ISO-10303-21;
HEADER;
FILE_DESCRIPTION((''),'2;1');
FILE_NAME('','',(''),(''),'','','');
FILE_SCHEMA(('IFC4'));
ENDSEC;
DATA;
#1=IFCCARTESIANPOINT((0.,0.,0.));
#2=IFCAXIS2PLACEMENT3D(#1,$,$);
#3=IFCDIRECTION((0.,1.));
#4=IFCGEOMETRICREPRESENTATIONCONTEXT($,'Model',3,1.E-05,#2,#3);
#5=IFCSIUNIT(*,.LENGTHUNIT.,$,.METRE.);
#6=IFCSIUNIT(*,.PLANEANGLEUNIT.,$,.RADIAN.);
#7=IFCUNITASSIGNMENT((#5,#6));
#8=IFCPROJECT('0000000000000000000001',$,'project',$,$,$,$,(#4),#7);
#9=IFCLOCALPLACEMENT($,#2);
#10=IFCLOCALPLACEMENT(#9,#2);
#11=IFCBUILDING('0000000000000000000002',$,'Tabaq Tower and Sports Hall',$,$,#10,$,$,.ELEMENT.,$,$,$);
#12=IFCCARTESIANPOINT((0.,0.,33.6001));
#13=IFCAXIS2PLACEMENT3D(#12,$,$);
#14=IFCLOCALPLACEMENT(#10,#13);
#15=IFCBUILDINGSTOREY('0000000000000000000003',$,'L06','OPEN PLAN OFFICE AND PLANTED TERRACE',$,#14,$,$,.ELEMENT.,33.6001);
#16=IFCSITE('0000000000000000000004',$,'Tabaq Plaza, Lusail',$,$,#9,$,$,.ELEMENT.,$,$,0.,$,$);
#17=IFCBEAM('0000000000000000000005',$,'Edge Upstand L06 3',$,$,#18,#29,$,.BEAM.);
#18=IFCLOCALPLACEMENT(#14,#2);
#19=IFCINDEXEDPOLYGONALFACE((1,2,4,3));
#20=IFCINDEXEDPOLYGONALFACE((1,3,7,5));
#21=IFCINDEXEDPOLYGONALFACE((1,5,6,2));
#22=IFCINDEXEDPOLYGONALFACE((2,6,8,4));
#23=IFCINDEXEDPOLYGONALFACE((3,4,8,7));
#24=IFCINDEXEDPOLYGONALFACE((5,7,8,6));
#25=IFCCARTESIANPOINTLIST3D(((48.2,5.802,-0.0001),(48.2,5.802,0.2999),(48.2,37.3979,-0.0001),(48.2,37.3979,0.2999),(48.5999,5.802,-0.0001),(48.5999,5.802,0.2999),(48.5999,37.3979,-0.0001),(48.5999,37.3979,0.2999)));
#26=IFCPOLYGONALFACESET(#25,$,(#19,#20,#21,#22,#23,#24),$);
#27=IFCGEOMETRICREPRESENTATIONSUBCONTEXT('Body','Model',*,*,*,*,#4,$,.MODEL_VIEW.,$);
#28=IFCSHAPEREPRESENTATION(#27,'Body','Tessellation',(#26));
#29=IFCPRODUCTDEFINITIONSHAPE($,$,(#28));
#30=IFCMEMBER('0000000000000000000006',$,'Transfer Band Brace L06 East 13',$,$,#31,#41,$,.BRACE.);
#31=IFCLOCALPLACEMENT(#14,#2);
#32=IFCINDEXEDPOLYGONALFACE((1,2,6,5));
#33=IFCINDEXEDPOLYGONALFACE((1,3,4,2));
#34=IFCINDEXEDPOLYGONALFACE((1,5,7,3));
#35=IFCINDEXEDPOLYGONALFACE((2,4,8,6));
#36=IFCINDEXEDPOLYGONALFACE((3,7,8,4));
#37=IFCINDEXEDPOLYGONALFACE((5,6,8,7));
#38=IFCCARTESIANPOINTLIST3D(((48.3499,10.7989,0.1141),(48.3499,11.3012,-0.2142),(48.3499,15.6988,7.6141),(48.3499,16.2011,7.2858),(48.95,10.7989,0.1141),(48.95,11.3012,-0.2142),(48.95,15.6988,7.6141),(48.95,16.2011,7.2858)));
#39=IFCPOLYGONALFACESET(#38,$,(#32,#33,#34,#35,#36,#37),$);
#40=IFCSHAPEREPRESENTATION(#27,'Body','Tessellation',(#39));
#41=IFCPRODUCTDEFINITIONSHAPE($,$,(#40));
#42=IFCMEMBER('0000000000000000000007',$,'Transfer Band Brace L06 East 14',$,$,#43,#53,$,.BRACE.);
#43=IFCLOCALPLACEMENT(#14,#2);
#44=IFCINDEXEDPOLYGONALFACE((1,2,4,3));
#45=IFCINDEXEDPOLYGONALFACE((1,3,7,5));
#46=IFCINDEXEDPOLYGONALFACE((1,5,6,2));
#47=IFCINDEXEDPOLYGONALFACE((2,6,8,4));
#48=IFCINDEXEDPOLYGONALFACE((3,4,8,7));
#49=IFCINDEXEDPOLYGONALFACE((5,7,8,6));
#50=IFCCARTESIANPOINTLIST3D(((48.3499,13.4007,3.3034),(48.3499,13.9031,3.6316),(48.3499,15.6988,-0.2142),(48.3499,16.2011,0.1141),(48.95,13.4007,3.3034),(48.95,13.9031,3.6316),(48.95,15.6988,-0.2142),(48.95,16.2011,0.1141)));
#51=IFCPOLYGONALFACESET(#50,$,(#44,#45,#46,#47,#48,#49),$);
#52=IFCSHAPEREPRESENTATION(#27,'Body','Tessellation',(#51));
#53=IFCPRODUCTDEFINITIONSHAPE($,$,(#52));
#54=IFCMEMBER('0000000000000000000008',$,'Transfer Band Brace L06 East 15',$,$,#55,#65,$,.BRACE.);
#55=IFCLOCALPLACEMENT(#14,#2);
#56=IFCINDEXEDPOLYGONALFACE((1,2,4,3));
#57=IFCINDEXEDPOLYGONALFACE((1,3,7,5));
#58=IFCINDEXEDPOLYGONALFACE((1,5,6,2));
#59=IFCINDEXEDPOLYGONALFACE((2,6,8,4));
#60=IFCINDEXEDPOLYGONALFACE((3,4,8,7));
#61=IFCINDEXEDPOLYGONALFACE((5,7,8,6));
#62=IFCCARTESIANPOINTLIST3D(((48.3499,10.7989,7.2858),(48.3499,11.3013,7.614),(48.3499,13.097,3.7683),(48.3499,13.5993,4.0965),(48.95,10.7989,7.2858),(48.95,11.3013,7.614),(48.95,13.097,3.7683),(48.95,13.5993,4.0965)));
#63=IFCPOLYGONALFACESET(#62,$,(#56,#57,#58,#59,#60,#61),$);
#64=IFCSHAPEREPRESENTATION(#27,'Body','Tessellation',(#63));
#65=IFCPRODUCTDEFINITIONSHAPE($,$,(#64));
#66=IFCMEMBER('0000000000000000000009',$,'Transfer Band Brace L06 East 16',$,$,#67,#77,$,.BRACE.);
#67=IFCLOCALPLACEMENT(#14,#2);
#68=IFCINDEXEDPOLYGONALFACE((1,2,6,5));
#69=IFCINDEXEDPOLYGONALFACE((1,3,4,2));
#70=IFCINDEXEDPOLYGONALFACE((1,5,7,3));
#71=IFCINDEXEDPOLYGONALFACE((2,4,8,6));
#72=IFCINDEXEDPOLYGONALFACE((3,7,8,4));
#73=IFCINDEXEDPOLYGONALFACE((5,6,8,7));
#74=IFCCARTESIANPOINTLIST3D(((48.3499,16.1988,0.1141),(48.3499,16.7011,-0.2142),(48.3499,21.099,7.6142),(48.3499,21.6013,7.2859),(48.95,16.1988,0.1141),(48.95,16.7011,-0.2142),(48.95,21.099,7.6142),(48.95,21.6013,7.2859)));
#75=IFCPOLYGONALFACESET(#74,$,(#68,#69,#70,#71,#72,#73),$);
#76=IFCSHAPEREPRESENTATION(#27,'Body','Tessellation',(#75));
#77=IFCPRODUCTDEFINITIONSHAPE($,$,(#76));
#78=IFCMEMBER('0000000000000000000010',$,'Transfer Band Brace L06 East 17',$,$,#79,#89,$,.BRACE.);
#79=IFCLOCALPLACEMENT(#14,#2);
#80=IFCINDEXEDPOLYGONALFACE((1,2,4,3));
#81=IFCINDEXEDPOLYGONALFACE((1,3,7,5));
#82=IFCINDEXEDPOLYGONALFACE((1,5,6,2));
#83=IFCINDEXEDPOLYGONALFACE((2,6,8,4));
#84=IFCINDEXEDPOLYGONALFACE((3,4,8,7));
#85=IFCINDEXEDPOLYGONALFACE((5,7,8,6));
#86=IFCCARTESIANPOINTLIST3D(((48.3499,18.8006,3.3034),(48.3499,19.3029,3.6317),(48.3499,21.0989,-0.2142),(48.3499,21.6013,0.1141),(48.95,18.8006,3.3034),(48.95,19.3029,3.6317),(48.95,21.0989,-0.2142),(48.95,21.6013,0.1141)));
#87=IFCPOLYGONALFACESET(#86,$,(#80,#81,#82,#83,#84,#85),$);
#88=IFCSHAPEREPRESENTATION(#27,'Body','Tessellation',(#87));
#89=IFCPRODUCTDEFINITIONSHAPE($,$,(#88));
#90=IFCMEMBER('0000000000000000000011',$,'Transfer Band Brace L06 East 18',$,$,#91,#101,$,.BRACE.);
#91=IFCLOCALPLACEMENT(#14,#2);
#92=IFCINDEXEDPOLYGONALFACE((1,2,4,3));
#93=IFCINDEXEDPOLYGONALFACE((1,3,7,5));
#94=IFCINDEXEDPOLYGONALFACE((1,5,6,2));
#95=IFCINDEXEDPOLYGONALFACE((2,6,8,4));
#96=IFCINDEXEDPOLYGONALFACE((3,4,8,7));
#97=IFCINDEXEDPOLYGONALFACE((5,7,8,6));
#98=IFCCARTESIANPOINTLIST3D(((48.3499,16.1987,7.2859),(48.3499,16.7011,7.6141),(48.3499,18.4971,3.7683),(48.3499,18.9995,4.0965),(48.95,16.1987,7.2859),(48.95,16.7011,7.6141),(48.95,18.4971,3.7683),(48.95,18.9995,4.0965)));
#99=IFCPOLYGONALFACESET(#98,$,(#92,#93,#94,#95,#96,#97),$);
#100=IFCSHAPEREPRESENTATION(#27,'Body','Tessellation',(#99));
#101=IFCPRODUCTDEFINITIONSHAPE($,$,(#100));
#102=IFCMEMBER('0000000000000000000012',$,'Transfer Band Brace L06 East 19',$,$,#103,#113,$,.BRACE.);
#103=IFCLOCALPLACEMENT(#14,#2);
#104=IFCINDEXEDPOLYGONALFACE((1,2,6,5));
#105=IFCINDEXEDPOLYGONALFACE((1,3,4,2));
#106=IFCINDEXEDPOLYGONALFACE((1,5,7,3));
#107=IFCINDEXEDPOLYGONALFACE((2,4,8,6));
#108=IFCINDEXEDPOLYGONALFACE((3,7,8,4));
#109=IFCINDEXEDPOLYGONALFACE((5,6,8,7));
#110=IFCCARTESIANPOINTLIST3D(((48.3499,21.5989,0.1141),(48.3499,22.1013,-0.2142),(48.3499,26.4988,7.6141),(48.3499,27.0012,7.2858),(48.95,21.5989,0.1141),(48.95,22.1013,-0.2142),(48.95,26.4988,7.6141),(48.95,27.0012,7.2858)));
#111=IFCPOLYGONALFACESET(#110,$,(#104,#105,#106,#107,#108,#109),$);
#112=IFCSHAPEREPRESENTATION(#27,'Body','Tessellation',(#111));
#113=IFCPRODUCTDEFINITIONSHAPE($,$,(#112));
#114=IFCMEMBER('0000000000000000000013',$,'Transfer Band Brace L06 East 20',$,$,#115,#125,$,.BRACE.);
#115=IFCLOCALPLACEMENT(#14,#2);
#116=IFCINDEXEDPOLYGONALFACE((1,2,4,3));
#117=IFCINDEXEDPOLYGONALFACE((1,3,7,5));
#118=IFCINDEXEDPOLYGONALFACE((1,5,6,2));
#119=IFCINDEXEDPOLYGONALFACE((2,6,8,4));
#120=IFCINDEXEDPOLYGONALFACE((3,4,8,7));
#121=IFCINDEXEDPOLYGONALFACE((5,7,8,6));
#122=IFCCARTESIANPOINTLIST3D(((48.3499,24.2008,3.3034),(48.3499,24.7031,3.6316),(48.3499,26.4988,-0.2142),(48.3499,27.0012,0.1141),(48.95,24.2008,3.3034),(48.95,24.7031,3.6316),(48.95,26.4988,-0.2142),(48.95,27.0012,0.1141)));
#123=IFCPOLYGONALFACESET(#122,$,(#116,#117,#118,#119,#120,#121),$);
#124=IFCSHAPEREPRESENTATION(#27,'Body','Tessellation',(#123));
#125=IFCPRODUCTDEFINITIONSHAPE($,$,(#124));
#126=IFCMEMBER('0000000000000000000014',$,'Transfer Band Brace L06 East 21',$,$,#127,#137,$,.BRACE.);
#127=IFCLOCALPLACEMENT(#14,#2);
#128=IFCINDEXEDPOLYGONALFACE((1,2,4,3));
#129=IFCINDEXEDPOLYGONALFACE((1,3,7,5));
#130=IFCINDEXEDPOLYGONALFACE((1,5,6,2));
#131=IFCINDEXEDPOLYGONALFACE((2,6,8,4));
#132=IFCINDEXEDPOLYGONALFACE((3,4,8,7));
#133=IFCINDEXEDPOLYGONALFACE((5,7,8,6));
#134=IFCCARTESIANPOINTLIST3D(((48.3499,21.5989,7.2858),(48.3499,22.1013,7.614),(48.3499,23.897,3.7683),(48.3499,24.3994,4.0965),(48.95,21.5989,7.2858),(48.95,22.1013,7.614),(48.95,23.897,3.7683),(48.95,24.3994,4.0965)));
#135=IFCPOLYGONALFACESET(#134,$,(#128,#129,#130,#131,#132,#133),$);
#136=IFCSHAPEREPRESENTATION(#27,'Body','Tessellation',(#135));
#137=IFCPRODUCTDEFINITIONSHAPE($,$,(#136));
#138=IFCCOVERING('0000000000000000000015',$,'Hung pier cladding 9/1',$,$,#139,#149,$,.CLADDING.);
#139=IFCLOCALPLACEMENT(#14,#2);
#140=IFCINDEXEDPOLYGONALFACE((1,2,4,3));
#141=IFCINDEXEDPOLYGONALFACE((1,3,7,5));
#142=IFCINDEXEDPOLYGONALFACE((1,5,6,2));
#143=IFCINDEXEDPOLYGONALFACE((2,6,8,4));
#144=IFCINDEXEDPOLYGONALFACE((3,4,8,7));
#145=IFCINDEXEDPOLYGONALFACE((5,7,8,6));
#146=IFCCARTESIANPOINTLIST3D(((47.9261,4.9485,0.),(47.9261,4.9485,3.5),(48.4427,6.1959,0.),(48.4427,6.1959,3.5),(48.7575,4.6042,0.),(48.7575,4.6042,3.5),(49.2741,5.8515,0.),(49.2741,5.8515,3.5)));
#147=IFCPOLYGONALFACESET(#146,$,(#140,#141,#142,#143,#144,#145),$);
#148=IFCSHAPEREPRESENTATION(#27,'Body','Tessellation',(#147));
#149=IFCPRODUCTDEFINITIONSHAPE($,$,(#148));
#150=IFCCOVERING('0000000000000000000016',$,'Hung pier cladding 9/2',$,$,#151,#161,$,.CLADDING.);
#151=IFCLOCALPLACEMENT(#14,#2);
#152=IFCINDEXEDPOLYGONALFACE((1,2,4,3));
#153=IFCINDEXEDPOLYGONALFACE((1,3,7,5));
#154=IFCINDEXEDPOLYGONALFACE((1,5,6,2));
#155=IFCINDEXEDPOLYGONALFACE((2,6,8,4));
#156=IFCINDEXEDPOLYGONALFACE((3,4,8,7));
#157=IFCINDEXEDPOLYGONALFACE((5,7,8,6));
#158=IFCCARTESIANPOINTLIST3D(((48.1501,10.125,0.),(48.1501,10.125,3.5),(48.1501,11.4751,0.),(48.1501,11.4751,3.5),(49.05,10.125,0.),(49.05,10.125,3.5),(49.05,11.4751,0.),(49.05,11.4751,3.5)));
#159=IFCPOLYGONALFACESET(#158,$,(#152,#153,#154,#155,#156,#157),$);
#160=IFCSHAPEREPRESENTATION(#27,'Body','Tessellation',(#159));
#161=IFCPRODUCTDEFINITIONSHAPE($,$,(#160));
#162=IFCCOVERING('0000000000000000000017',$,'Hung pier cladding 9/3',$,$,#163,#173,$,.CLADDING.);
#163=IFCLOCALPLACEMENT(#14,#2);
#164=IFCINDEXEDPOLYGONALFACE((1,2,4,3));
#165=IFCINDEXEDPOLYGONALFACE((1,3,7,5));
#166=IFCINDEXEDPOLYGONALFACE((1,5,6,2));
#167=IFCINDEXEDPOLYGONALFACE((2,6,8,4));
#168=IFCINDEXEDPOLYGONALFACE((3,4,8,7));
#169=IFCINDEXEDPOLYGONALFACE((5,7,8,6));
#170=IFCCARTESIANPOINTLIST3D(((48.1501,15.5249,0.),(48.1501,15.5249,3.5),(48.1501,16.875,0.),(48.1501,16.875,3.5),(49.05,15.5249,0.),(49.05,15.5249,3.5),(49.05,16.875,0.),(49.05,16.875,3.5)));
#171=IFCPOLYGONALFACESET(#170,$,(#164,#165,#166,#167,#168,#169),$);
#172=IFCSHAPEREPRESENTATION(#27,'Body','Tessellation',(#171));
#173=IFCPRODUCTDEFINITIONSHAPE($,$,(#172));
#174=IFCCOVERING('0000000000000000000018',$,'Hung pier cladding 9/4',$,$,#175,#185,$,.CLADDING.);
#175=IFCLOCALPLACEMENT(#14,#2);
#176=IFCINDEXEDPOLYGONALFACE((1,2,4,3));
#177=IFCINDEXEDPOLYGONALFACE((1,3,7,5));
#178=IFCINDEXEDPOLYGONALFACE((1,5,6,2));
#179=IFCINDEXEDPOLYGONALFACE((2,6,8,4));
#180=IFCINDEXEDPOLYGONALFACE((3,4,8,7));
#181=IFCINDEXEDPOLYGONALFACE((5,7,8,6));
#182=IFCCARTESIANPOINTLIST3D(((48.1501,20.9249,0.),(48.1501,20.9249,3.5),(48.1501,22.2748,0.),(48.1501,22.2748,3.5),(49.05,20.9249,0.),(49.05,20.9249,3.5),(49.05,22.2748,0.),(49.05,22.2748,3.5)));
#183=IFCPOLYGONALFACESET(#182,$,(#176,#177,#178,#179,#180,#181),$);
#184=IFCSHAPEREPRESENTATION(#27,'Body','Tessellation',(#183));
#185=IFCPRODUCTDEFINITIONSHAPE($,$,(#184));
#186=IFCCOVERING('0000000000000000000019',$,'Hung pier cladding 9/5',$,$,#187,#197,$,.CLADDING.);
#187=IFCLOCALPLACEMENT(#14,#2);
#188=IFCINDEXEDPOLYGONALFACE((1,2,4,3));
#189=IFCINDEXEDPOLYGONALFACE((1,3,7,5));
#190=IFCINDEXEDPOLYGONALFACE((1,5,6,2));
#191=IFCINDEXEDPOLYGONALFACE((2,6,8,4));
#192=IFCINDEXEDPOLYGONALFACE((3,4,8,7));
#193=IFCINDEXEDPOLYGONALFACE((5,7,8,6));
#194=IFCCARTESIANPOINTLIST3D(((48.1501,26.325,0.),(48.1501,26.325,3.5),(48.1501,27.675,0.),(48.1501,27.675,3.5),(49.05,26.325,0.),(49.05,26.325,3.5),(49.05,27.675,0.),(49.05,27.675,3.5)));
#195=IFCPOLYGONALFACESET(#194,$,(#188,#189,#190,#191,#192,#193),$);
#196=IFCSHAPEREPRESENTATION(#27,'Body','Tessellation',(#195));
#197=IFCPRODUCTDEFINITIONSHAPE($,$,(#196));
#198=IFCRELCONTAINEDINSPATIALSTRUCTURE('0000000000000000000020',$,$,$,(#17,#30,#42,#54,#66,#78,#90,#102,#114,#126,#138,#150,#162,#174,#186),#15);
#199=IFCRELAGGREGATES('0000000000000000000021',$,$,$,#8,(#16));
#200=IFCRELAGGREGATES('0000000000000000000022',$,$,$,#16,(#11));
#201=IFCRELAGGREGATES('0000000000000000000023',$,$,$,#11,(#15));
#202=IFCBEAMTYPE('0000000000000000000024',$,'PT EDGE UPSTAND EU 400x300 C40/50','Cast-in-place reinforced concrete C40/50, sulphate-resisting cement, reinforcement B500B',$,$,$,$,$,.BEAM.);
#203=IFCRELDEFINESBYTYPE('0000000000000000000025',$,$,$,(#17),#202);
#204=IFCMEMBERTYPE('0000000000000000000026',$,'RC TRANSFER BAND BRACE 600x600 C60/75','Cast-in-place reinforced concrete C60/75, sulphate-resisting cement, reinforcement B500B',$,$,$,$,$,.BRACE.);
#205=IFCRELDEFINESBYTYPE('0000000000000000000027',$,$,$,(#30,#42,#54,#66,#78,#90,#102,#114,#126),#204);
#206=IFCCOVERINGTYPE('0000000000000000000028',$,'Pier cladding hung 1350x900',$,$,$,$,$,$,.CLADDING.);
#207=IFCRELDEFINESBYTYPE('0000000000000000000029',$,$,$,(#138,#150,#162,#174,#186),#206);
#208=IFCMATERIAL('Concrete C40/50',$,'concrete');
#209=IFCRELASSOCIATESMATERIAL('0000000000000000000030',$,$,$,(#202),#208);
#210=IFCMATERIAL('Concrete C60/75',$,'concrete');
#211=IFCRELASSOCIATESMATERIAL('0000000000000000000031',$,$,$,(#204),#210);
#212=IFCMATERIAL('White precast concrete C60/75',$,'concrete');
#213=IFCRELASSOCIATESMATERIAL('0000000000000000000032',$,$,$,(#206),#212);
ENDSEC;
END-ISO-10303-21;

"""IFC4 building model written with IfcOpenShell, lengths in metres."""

from ifc_helpers import new_model, si_unit, direction, frame, frame_2d, origin, origin_2d, place, context, subcontext, project, spatial, rectangle, extrude, material, material_profile, profile_set, type_object, element, save


model = new_model("IFC4")

# Units and contexts
model_context = context("Model", 3, precision=1e-05, world=origin(), true_north=direction((0.0, 1.0)))
body_context = subcontext(model_context, "Body", "Model", "MODEL_VIEW")
ifc_project = project(units=[si_unit("LENGTHUNIT", "METRE"), si_unit("PLANEANGLEUNIT", "RADIAN")], contexts=[model_context])

# Site, building, storey
site_placement = place(None, origin())
site = spatial("IfcSite", under=ifc_project, at=site_placement, Name="Tabaq Plaza, Lusail", CompositionType="ELEMENT", RefElevation=0.0)
building_placement = place(site_placement, origin())
building = spatial("IfcBuilding", under=site, at=building_placement, Name="Tabaq Tower and Sports Hall", CompositionType="ELEMENT")
storey_placement = place(building_placement, frame((0.0, 0.0, 33.6001)))
storey = spatial("IfcBuildingStorey", under=building, at=storey_placement, Name="L06", Description="OPEN PLAN OFFICE AND PLANTED TERRACE", CompositionType="ELEMENT", Elevation=33.6001)

# Beam
ifc_material_1 = material(Name="Concrete C40/50", Category="concrete")
ifc_material_profile_1 = material_profile(ifc_material_1, rectangle(XDim=0.3999, YDim=0.3, at=origin_2d()), Name="EU 400x300")
ifc_profile_set_1 = profile_set([ifc_material_profile_1], Name="Concrete C40/50")
beam_type = type_object("IfcBeamType", Name="PT EDGE UPSTAND EU 400x300 C40/50", Description="Cast-in-place reinforced concrete C40/50, sulphate-resisting cement, reinforcement B500B", PredefinedType="BEAM", material=ifc_profile_set_1)
beam_placement = place(storey_placement, frame((48.3999, 5.802, 0.1499), z_axis=(0.0, 1.0, 0.0), x_axis=(-1.0, 0.0, 0.0)))
element("IfcBeam", 1, at=beam_placement, inside=storey, type_object=beam_type, Name="Edge Upstand L06 3", PredefinedType="BEAM", context=body_context, shape_type="SweptSolid", body=[
    extrude(rectangle(XDim=0.3999, YDim=0.3, at=origin_2d()), origin(), (0.0, 0.0, 1.0), 31.5959),
])

# Members
ifc_material_2 = material(Name="Concrete C60/75", Category="concrete")
ifc_material_profile_2 = material_profile(ifc_material_2, rectangle(XDim=0.6001, YDim=0.6001, at=origin_2d()), Name="TRANSFER BAND BRACE 600x600")
ifc_profile_set_2 = profile_set([ifc_material_profile_2], Name="Concrete C60/75")
member_type = type_object("IfcMemberType", Name="RC TRANSFER BAND BRACE 600x600 C60/75", Description="Cast-in-place reinforced concrete C60/75, sulphate-resisting cement, reinforcement B500B", PredefinedType="BRACE", material=ifc_profile_set_2)
member_1_placement = place(storey_placement, frame((48.6499, 11.05, -0.05), z_axis=(0.0, 0.546941, 0.837171), x_axis=(-1.0, 0.0, 0.0)))
element("IfcMember", 2, at=member_1_placement, inside=storey, type_object=member_type, Name="Transfer Band Brace L06 East 13", PredefinedType="BRACE", context=body_context, shape_type="SweptSolid", body=[
    extrude(rectangle(XDim=0.6001, YDim=0.6001, at=origin_2d()), origin(), (0.0, 0.0, 1.0), 8.9587),
])
for number, where, z_axis, x_axis, name in (
    (3, (48.6499, 15.95, -0.05), (0.0, -0.546939, 0.837172), (1.0, 0.0, 0.0), "Transfer Band Brace L06 East 14"),
    (4, (48.6499, 13.3481, 3.9324), (0.0, -0.546939, 0.837172), (1.0, 0.0, 0.0), "Transfer Band Brace L06 East 15"),
):
    element("IfcMember", number, at=place(storey_placement, frame(where, z_axis=z_axis, x_axis=x_axis)), inside=storey, type_object=member_type, Name=name, PredefinedType="BRACE", context=body_context, shape_type="SweptSolid", body=[
        extrude(rectangle(XDim=0.6001, YDim=0.6001, at=origin_2d()), origin(), (0.0, 0.0, 1.0), 4.2017),
    ])
member_2_placement = place(storey_placement, frame((48.6499, 16.45, -0.05), z_axis=(0.0, 0.54696, 0.837159), x_axis=(-1.0, 0.0, 0.0)))
element("IfcMember", 5, at=member_2_placement, inside=storey, type_object=member_type, Name="Transfer Band Brace L06 East 16", PredefinedType="BRACE", context=body_context, shape_type="SweptSolid", body=[
    extrude(rectangle(XDim=0.6001, YDim=0.6001, at=origin_2d()), origin(), (0.0, 0.0, 1.0), 8.959),
])
for number, where, z_axis, x_axis, name in (
    (6, (48.6499, 21.3501, -0.05), (0.0, -0.54698, 0.837146), (1.0, 0.0, 0.0), "Transfer Band Brace L06 East 17"),
    (7, (48.6499, 18.7483, 3.9324), (0.0, -0.54698, 0.837146), (1.0, 0.0, 0.0), "Transfer Band Brace L06 East 18"),
):
    element("IfcMember", number, at=place(storey_placement, frame(where, z_axis=z_axis, x_axis=x_axis)), inside=storey, type_object=member_type, Name=name, PredefinedType="BRACE", context=body_context, shape_type="SweptSolid", body=[
        extrude(rectangle(XDim=0.6001, YDim=0.6001, at=origin_2d()), origin(), (0.0, 0.0, 1.0), 4.2019),
    ])
member_3_placement = place(storey_placement, frame((48.6499, 21.8501, -0.05), z_axis=(0.0, 0.546941, 0.837171), x_axis=(-1.0, 0.0, 0.0)))
element("IfcMember", 8, at=member_3_placement, inside=storey, type_object=member_type, Name="Transfer Band Brace L06 East 19", PredefinedType="BRACE", context=body_context, shape_type="SweptSolid", body=[
    extrude(rectangle(XDim=0.6001, YDim=0.6001, at=origin_2d()), origin(), (0.0, 0.0, 1.0), 8.9587),
])
for number, where, z_axis, x_axis, name in (
    (9, (48.6499, 26.75, -0.05), (0.0, -0.546939, 0.837172), (1.0, 0.0, 0.0), "Transfer Band Brace L06 East 20"),
    (10, (48.6499, 24.1482, 3.9324), (0.0, -0.546939, 0.837172), (1.0, 0.0, 0.0), "Transfer Band Brace L06 East 21"),
):
    element("IfcMember", number, at=place(storey_placement, frame(where, z_axis=z_axis, x_axis=x_axis)), inside=storey, type_object=member_type, Name=name, PredefinedType="BRACE", context=body_context, shape_type="SweptSolid", body=[
        extrude(rectangle(XDim=0.6001, YDim=0.6001, at=origin_2d()), origin(), (0.0, 0.0, 1.0), 4.2017),
    ])

# Coverings
ifc_material_3 = material(Name="White precast concrete C60/75", Category="concrete")
covering_type_1 = type_object("IfcCoveringType", Name="Pier cladding hung 1350x900", PredefinedType="CLADDING", material=ifc_material_3)
for number, where, z_axis, x_axis, name in (
    (11, (48.3418, 4.7764, 0.0), (0.0, 0.0, 1.0), (0.38265, 0.923893, 0.0), "Hung pier cladding 9/1"),
    (12, (48.6001, 10.125, 0.0), (0.0, 0.0, 1.0), (0.0, 1.0, 0.0), "Hung pier cladding 9/2"),
    (13, (48.6001, 15.5249, 0.0), (0.0, 0.0, 1.0), (0.0, 1.0, 0.0), "Hung pier cladding 9/3"),
):
    element("IfcCovering", number, at=place(storey_placement, frame(where, z_axis=z_axis, x_axis=x_axis)), inside=storey, type_object=covering_type_1, Name=name, PredefinedType="CLADDING", context=body_context, shape_type="SweptSolid", body=[
        extrude(rectangle(XDim=1.3501, YDim=0.8999, at=frame_2d((0.675, 0.0))), origin(), (0.0, 0.0, 1.0), 3.5),
    ])
covering_1_placement = place(storey_placement, frame((48.6001, 20.925, 0.0), z_axis=(0.0, 0.0, 1.0), x_axis=(0.0, 1.0, 0.0)))
element("IfcCovering", 14, at=covering_1_placement, inside=storey, type_object=covering_type_1, Name="Hung pier cladding 9/4", PredefinedType="CLADDING", context=body_context, shape_type="SweptSolid", body=[
    extrude(rectangle(XDim=1.3499, YDim=0.8999, at=frame_2d((0.6748, 0.0))), origin(), (0.0, 0.0, 1.0), 3.5),
])
covering_2_placement = place(storey_placement, frame((48.6001, 26.325, 0.0), z_axis=(0.0, 0.0, 1.0), x_axis=(0.0, 1.0, 0.0)))
element("IfcCovering", 15, at=covering_2_placement, inside=storey, type_object=covering_type_1, Name="Hung pier cladding 9/5", PredefinedType="CLADDING", context=body_context, shape_type="SweptSolid", body=[
    extrude(rectangle(XDim=1.3501, YDim=0.8999, at=frame_2d((0.675, 0.0))), origin(), (0.0, 0.0, 1.0), 3.5),
])

save(model, "model.ifc")
